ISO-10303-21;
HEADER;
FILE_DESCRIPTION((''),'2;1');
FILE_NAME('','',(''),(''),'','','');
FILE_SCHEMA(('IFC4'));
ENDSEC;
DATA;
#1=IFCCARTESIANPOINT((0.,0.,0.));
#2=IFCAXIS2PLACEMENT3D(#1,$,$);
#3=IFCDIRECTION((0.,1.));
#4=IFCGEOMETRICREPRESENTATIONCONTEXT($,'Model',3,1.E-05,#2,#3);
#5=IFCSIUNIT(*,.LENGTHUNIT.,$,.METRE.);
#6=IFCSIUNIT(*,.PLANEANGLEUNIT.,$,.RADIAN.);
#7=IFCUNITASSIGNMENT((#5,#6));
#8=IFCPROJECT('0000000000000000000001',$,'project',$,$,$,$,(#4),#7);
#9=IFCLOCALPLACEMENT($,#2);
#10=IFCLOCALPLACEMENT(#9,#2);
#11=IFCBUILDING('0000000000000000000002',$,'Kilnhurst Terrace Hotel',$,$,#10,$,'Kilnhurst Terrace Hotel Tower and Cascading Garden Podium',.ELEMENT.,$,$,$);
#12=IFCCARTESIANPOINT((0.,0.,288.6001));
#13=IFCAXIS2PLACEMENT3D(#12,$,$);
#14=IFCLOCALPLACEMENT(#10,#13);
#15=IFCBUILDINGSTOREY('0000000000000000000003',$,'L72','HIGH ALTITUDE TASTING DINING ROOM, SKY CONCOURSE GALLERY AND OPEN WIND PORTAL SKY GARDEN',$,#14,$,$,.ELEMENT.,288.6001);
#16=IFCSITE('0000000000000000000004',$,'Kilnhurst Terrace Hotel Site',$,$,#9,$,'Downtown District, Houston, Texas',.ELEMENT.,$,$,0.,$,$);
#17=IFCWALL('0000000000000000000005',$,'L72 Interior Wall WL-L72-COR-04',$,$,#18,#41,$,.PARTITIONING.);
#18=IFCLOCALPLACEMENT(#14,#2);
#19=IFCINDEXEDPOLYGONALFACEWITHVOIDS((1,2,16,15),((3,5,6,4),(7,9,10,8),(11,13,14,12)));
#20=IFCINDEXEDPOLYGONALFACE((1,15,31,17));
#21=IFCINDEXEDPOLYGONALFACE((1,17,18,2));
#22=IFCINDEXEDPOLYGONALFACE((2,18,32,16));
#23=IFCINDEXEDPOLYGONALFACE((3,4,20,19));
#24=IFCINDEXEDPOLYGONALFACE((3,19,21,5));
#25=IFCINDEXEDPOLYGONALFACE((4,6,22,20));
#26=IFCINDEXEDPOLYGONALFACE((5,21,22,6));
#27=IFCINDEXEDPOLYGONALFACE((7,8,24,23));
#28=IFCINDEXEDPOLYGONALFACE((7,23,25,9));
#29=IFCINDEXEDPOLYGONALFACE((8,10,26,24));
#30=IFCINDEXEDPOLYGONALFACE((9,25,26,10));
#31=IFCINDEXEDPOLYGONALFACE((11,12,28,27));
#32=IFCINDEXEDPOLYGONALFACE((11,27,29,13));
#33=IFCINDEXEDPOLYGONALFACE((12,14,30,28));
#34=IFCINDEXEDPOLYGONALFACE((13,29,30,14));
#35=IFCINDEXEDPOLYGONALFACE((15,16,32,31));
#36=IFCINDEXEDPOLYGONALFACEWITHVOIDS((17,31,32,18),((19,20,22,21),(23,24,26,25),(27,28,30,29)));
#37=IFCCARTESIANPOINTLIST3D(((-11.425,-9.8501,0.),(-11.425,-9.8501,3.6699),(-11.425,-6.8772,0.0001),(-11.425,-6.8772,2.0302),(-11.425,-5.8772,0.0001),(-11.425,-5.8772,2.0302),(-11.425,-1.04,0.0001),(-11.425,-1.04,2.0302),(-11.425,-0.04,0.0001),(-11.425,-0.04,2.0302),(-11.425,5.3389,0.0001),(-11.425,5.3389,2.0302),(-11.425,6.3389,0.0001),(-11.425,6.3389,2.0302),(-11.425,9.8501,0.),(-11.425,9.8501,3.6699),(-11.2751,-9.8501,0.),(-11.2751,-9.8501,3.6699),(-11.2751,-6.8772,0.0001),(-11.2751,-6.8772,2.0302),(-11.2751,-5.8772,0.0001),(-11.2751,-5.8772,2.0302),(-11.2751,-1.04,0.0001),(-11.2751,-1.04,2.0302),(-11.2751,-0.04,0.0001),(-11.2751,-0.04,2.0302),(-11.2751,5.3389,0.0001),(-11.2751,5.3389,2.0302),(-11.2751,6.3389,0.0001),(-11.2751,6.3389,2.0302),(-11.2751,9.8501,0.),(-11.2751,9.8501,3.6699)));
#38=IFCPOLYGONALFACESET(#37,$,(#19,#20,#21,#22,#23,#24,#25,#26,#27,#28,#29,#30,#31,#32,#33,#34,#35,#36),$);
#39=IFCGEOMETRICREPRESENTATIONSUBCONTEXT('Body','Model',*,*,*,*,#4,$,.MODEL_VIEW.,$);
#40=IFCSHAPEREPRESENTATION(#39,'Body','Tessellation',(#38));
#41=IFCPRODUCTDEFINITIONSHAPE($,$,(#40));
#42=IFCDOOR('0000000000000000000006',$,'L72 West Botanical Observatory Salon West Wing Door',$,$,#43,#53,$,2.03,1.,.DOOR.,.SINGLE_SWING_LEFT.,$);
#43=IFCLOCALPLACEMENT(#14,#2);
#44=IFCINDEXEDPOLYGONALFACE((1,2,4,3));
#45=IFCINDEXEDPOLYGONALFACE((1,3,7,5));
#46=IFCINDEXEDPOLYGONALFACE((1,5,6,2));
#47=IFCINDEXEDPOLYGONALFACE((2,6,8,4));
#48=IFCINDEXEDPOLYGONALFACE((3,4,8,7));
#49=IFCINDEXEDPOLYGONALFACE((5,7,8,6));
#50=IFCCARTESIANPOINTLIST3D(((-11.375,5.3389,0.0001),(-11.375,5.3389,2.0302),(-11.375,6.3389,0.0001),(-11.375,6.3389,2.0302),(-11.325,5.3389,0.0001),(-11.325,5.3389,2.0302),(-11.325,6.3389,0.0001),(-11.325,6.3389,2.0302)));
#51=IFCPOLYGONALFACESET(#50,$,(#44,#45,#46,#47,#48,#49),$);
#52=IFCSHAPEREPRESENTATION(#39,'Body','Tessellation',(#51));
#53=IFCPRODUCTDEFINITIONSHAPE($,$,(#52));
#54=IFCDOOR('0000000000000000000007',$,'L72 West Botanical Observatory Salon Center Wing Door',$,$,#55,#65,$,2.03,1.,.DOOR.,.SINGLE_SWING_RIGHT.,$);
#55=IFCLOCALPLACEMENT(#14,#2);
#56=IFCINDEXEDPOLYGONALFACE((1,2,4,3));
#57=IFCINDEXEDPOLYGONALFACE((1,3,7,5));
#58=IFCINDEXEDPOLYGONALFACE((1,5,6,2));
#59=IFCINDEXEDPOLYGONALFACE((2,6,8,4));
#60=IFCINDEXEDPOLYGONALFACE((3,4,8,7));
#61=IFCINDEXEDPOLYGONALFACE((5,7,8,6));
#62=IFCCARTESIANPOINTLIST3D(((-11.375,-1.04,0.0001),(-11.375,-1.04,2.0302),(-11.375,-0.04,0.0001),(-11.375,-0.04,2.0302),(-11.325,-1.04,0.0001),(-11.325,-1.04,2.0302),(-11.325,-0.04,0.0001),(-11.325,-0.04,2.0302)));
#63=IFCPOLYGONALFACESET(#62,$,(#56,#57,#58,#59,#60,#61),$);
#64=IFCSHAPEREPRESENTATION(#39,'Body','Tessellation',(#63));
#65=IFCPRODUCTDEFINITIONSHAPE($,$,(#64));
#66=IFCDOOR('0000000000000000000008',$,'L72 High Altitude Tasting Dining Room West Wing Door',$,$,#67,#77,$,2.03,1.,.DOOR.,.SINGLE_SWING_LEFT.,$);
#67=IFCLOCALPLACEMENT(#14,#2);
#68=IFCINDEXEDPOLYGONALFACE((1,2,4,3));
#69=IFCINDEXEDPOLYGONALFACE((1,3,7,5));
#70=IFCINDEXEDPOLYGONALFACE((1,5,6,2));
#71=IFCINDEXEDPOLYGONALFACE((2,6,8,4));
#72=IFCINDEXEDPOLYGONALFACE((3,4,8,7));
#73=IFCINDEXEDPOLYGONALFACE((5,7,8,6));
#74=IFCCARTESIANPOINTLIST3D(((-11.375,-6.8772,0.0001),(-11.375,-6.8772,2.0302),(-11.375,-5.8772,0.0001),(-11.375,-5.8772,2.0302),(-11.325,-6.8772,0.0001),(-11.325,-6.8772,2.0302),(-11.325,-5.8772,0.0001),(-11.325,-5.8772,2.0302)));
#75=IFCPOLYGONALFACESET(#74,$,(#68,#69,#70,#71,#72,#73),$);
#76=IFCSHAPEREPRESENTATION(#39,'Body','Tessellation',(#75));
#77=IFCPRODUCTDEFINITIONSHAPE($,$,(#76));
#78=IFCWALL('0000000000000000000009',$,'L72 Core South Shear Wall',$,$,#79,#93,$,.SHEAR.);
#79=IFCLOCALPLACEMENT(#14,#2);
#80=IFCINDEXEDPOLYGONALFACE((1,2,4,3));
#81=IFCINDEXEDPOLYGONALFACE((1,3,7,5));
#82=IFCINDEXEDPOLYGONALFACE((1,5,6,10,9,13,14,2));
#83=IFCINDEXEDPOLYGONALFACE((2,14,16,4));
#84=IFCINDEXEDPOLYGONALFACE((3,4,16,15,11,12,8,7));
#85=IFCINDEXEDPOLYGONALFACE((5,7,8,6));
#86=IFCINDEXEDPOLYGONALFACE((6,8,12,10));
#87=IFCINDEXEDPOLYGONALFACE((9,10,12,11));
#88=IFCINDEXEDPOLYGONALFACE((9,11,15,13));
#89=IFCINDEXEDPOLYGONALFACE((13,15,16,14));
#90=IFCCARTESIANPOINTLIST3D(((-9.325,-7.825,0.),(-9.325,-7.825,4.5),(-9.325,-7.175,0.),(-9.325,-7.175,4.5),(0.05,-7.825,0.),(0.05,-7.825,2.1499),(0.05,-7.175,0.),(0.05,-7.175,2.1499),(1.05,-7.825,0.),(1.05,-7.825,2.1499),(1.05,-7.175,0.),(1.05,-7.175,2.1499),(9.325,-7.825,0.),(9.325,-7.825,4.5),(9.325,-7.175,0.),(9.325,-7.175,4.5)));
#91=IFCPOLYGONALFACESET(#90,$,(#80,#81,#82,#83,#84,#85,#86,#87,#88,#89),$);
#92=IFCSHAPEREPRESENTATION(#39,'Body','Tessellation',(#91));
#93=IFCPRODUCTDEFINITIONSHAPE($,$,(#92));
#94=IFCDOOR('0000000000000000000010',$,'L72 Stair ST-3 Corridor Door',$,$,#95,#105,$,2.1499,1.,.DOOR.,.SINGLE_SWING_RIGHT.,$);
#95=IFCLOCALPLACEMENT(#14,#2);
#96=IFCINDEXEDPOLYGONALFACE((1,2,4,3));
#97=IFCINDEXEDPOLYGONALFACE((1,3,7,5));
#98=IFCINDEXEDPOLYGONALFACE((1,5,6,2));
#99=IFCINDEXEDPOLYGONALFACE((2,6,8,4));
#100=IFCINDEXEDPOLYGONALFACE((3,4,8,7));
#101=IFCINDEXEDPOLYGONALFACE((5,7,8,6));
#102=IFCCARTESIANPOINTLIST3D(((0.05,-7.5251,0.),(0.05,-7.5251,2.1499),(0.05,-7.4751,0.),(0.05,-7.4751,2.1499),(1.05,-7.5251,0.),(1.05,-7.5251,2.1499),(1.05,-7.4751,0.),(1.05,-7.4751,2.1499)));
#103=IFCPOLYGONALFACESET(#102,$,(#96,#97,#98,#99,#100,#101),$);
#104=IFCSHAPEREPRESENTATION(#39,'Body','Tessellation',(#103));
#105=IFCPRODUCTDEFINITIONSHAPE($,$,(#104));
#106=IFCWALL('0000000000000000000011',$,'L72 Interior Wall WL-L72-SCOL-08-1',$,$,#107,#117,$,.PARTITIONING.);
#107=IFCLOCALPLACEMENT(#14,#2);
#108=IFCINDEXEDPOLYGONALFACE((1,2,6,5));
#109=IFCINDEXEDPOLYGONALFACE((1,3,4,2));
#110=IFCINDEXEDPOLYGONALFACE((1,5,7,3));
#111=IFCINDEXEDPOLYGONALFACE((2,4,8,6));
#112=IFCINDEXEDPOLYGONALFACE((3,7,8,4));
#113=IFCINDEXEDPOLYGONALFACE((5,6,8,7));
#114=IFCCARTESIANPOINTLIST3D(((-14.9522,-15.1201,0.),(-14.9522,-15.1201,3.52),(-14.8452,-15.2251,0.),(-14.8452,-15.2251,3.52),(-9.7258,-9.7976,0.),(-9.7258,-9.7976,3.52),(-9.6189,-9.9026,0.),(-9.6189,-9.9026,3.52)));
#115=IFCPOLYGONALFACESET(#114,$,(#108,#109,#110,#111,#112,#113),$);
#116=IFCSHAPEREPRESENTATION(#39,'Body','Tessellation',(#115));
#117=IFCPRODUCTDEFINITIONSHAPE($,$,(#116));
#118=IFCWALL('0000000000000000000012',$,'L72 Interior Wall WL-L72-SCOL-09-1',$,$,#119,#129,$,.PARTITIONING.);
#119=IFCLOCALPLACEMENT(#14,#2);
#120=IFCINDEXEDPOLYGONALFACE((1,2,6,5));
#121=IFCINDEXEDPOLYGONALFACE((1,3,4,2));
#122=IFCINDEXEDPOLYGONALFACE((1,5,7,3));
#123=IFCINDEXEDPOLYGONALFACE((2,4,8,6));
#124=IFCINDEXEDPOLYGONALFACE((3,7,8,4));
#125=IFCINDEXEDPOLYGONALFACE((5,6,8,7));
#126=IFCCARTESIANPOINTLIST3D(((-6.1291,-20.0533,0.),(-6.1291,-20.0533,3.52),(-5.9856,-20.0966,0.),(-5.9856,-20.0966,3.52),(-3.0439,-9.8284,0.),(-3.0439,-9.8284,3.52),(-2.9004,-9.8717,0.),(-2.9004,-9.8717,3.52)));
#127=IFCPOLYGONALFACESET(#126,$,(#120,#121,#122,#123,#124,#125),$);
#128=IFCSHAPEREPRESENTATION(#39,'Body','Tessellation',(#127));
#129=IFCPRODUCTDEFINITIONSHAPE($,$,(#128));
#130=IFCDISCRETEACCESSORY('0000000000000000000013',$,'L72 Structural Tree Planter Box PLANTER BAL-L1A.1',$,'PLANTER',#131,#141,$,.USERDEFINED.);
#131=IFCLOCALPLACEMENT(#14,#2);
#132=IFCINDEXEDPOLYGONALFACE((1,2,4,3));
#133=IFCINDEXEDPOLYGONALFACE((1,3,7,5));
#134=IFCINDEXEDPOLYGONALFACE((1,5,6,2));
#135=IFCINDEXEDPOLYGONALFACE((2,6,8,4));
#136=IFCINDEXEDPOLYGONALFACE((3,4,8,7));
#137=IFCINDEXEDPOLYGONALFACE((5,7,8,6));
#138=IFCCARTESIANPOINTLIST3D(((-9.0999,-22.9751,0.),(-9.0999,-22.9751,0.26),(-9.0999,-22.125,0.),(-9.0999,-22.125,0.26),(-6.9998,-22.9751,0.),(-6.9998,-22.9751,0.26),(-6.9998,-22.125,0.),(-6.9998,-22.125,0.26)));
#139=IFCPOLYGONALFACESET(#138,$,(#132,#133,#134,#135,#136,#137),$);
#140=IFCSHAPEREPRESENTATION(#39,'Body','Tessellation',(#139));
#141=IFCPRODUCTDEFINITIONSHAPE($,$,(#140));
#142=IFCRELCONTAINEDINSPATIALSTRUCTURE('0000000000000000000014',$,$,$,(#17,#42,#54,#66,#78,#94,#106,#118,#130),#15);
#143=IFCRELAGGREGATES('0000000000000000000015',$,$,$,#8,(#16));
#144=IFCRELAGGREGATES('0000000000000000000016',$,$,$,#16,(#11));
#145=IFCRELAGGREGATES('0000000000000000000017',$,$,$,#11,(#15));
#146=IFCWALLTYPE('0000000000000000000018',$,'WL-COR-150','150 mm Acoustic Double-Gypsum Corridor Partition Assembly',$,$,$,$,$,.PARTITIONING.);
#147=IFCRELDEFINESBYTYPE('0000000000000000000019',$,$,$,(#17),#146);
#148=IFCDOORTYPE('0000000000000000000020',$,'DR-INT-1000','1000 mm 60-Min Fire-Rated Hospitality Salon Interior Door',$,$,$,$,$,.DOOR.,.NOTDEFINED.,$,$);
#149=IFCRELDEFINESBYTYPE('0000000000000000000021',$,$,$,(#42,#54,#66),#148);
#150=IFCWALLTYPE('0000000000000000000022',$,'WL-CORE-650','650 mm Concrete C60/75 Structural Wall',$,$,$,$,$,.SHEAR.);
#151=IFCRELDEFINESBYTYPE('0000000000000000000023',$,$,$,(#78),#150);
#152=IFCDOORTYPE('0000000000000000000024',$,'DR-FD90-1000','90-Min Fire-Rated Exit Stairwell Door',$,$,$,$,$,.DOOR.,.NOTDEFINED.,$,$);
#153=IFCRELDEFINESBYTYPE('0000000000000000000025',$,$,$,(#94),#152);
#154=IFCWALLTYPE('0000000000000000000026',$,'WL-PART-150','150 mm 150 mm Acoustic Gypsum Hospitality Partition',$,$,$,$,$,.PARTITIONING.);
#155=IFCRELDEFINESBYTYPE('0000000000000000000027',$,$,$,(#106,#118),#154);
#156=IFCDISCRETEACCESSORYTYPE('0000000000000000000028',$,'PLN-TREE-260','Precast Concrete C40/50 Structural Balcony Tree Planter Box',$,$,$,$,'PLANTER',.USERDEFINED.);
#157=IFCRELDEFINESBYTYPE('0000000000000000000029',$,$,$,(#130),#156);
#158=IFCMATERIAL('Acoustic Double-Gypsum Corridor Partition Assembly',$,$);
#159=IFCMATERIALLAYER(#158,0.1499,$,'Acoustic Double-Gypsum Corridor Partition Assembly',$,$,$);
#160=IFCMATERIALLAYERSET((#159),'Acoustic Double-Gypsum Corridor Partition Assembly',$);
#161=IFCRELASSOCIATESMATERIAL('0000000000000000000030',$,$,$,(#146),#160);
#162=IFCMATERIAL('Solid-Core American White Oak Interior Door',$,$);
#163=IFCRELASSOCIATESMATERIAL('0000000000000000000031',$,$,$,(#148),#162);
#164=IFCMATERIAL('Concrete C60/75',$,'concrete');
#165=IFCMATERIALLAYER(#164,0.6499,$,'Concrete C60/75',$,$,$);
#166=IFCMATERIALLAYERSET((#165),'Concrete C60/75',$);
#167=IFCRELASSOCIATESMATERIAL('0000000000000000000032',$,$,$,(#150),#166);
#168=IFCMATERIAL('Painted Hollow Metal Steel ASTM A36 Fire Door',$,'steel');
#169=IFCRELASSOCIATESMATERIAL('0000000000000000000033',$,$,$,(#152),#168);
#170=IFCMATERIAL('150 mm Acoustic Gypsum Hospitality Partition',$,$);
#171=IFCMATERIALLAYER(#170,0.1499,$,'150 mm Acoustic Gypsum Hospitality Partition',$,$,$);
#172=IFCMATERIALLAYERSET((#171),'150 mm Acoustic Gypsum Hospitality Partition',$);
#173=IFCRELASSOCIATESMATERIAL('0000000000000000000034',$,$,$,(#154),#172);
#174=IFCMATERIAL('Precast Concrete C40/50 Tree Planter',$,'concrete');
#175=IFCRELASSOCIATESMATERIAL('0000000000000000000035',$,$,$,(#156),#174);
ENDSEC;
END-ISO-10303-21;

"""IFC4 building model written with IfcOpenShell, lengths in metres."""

from ifc_helpers import new_model, si_unit, direction, frame, frame_2d, origin, origin_2d, place, context, subcontext, project, spatial, rectangle, extrude, material, layer, layer_set, type_object, element, fill, save


model = new_model("IFC4")

# Units and contexts
model_context = context("Model", 3, precision=1e-05, world=origin(), true_north=direction((0.0, 1.0)))
body_context = subcontext(model_context, "Body", "Model", "MODEL_VIEW")
ifc_project = project(units=[si_unit("LENGTHUNIT", "METRE"), si_unit("PLANEANGLEUNIT", "RADIAN")], contexts=[model_context])

# Site, building, storey
site_placement = place(None, origin())
site = spatial("IfcSite", under=ifc_project, at=site_placement, Name="Kilnhurst Terrace Hotel Site", LongName="Downtown District, Houston, Texas", CompositionType="ELEMENT", RefElevation=0.0)
building_placement = place(site_placement, origin())
building = spatial("IfcBuilding", under=site, at=building_placement, Name="Kilnhurst Terrace Hotel", LongName="Kilnhurst Terrace Hotel Tower and Cascading Garden Podium", CompositionType="ELEMENT")
storey_placement = place(building_placement, frame((0.0, 0.0, 288.6001)))
storey = spatial("IfcBuildingStorey", under=building, at=storey_placement, Name="L72", Description="HIGH ALTITUDE TASTING DINING ROOM, SKY CONCOURSE GALLERY AND OPEN WIND PORTAL SKY GARDEN", CompositionType="ELEMENT", Elevation=288.6001)

# Shared definitions
ifc_material_1 = material(Name="Concrete C60/75", Category="concrete")

# Wall, openings, doors
ifc_material_2 = material(Name="Acoustic Double-Gypsum Corridor Partition Assembly")
ifc_layer_1 = layer(ifc_material_2, 0.1499, Name="Acoustic Double-Gypsum Corridor Partition Assembly")
ifc_layer_set_1 = layer_set([ifc_layer_1], Name="Acoustic Double-Gypsum Corridor Partition Assembly")
wall_type_1 = type_object("IfcWallType", Name="WL-COR-150", Description="150 mm Acoustic Double-Gypsum Corridor Partition Assembly", PredefinedType="PARTITIONING", material=ifc_layer_set_1)
wall_1_placement = place(storey_placement, frame((-11.3501, -9.8501, 0.0), z_axis=(0.0, 0.0, 1.0), x_axis=(0.0, 1.0, 0.0)))
wall_1 = element("IfcWall", 1, at=wall_1_placement, inside=storey, type_object=wall_type_1, Name="L72 Interior Wall WL-L72-COR-04", PredefinedType="PARTITIONING", context=body_context, shape_type="SweptSolid", body=[
    extrude(rectangle(XDim=19.7002, YDim=0.1499, at=frame_2d((9.8501, 0.0))), origin(), (0.0, 0.0, 1.0), 3.6699),
])
opening_1_placement = place(wall_1_placement, frame((15.189, 0.0, 0.0)))
opening_1 = element("IfcOpeningElement", 2, at=opening_1_placement, cuts=wall_1, PredefinedType="OPENING", context=body_context, shape_type="SweptSolid", body=[
    extrude(rectangle(XDim=1.0, YDim=2.03, at=frame_2d((0.5, 1.0151))), frame((0.0, 0.085, 0.0), z_axis=(0.0, -1.0, 0.0), x_axis=(1.0, 0.0, 0.0)), (0.0, 0.0, 1.0), 0.1699),
])
opening_2_placement = place(wall_1_placement, frame((8.8101, 0.0, 0.0)))
opening_2 = element("IfcOpeningElement", 3, at=opening_2_placement, cuts=wall_1, PredefinedType="OPENING", context=body_context, shape_type="SweptSolid", body=[
    extrude(rectangle(XDim=1.0, YDim=2.03, at=frame_2d((0.5, 1.0151))), frame((0.0, 0.085, 0.0), z_axis=(0.0, -1.0, 0.0), x_axis=(1.0, 0.0, 0.0)), (0.0, 0.0, 1.0), 0.1699),
])
opening_3_placement = place(wall_1_placement, frame((2.9729, 0.0, 0.0)))
opening_3 = element("IfcOpeningElement", 4, at=opening_3_placement, cuts=wall_1, PredefinedType="OPENING", context=body_context, shape_type="SweptSolid", body=[
    extrude(rectangle(XDim=1.0, YDim=2.03, at=frame_2d((0.5, 1.0151))), frame((0.0, 0.085, 0.0), z_axis=(0.0, -1.0, 0.0), x_axis=(1.0, 0.0, 0.0)), (0.0, 0.0, 1.0), 0.1699),
])
ifc_material_3 = material(Name="Solid-Core American White Oak Interior Door")
door_type_1 = type_object("IfcDoorType", Name="DR-INT-1000", Description="1000 mm 60-Min Fire-Rated Hospitality Salon Interior Door", OperationType="NOTDEFINED", PredefinedType="DOOR", material=ifc_material_3)
door_1_placement = place(opening_1_placement, origin())
door_1 = element("IfcDoor", 5, at=door_1_placement, inside=storey, type_object=door_type_1, Name="L72 West Botanical Observatory Salon West Wing Door", OperationType="SINGLE_SWING_LEFT", OverallHeight=2.03, OverallWidth=1.0, PredefinedType="DOOR", context=body_context, shape_type="SweptSolid", body=[
    extrude(rectangle(XDim=1.0, YDim=2.03, at=frame_2d((0.5, 1.0151))), frame((0.0, 0.0249, 0.0), z_axis=(0.0, -1.0, 0.0), x_axis=(1.0, 0.0, 0.0)), (0.0, 0.0, 1.0), 0.05),
])
fill(opening_1, door_1)
door_2_placement = place(opening_2_placement, origin())
door_2 = element("IfcDoor", 6, at=door_2_placement, inside=storey, type_object=door_type_1, Name="L72 West Botanical Observatory Salon Center Wing Door", OperationType="SINGLE_SWING_RIGHT", OverallHeight=2.03, OverallWidth=1.0, PredefinedType="DOOR", context=body_context, shape_type="SweptSolid", body=[
    extrude(rectangle(XDim=1.0, YDim=2.03, at=frame_2d((0.5, 1.0151))), frame((0.0, 0.0249, 0.0), z_axis=(0.0, -1.0, 0.0), x_axis=(1.0, 0.0, 0.0)), (0.0, 0.0, 1.0), 0.05),
])
fill(opening_2, door_2)
door_3_placement = place(opening_3_placement, origin())
door_3 = element("IfcDoor", 7, at=door_3_placement, inside=storey, type_object=door_type_1, Name="L72 High Altitude Tasting Dining Room West Wing Door", OperationType="SINGLE_SWING_LEFT", OverallHeight=2.03, OverallWidth=1.0, PredefinedType="DOOR", context=body_context, shape_type="SweptSolid", body=[
    extrude(rectangle(XDim=1.0, YDim=2.03, at=frame_2d((0.5, 1.0151))), frame((0.0, 0.0249, 0.0), z_axis=(0.0, -1.0, 0.0), x_axis=(1.0, 0.0, 0.0)), (0.0, 0.0, 1.0), 0.05),
])
fill(opening_3, door_3)

# Wall, opening, door
ifc_layer_2 = layer(ifc_material_1, 0.6499, Name="Concrete C60/75")
ifc_layer_set_2 = layer_set([ifc_layer_2], Name="Concrete C60/75")
wall_type_2 = type_object("IfcWallType", Name="WL-CORE-650", Description="650 mm Concrete C60/75 Structural Wall", PredefinedType="SHEAR", material=ifc_layer_set_2)
wall_2_placement = place(storey_placement, frame((-9.325, -7.5, 0.0), z_axis=(0.0, 0.0, 1.0), x_axis=(1.0, 0.0, 0.0)))
wall_2 = element("IfcWall", 8, at=wall_2_placement, inside=storey, type_object=wall_type_2, Name="L72 Core South Shear Wall", PredefinedType="SHEAR", context=body_context, shape_type="SweptSolid", body=[
    extrude(rectangle(XDim=18.6499, YDim=0.6499, at=frame_2d((9.325, 0.0))), origin(), (0.0, 0.0, 1.0), 4.5),
])
opening_4_placement = place(wall_2_placement, frame((9.375, 0.0, 0.0)))
opening_4 = element("IfcOpeningElement", 9, at=opening_4_placement, cuts=wall_2, PredefinedType="OPENING", context=body_context, shape_type="SweptSolid", body=[
    extrude(rectangle(XDim=1.0, YDim=2.1499, at=frame_2d((0.5, 1.075))), frame((0.0, 0.335, 0.0), z_axis=(0.0, -1.0, 0.0), x_axis=(1.0, 0.0, 0.0)), (0.0, 0.0, 1.0), 0.6699),
])
ifc_material_4 = material(Name="Painted Hollow Metal Steel ASTM A36 Fire Door", Category="steel")
door_type_2 = type_object("IfcDoorType", Name="DR-FD90-1000", Description="90-Min Fire-Rated Exit Stairwell Door", OperationType="NOTDEFINED", PredefinedType="DOOR", material=ifc_material_4)
door_4_placement = place(opening_4_placement, origin())
door_4 = element("IfcDoor", 10, at=door_4_placement, inside=storey, type_object=door_type_2, Name="L72 Stair ST-3 Corridor Door", OperationType="SINGLE_SWING_RIGHT", OverallHeight=2.1499, OverallWidth=1.0, PredefinedType="DOOR", context=body_context, shape_type="SweptSolid", body=[
    extrude(rectangle(XDim=1.0, YDim=2.1499, at=frame_2d((0.5, 1.075))), frame((0.0, 0.0249, 0.0), z_axis=(0.0, -1.0, 0.0), x_axis=(1.0, 0.0, 0.0)), (0.0, 0.0, 1.0), 0.05),
])
fill(opening_4, door_4)

# Walls
ifc_material_5 = material(Name="150 mm Acoustic Gypsum Hospitality Partition")
ifc_layer_3 = layer(ifc_material_5, 0.1499, Name="150 mm Acoustic Gypsum Hospitality Partition")
ifc_layer_set_3 = layer_set([ifc_layer_3], Name="150 mm Acoustic Gypsum Hospitality Partition")
wall_type_3 = type_object("IfcWallType", Name="WL-PART-150", Description="150 mm 150 mm Acoustic Gypsum Hospitality Partition", PredefinedType="PARTITIONING", material=ifc_layer_set_3)
wall_3_placement = place(storey_placement, frame((-9.6724, -9.8501, 0.0), z_axis=(0.0, 0.0, 1.0), x_axis=(-0.70063, -0.713525, 0.0)))
element("IfcWall", 11, at=wall_3_placement, inside=storey, type_object=wall_type_3, Name="L72 Interior Wall WL-L72-SCOL-08-1", PredefinedType="PARTITIONING", context=body_context, shape_type="SweptSolid", body=[
    extrude(rectangle(XDim=7.4595, YDim=0.1499, at=frame_2d((3.7297, 0.0))), origin(), (0.0, 0.0, 1.0), 3.52),
])
wall_4_placement = place(storey_placement, frame((-2.9722, -9.8501, 0.0), z_axis=(0.0, 0.0, 1.0), x_axis=(-0.288872, -0.957368, 0.0)))
element("IfcWall", 12, at=wall_4_placement, inside=storey, type_object=wall_type_3, Name="L72 Interior Wall WL-L72-SCOL-09-1", PredefinedType="PARTITIONING", context=body_context, shape_type="SweptSolid", body=[
    extrude(rectangle(XDim=10.6802, YDim=0.1499, at=frame_2d((5.3401, 0.0))), origin(), (0.0, 0.0, 1.0), 3.52),
])

# Discrete accessory
ifc_material_6 = material(Name="Precast Concrete C40/50 Tree Planter", Category="concrete")
discrete_accessory_type = type_object("IfcDiscreteAccessoryType", Name="PLN-TREE-260", Description="Precast Concrete C40/50 Structural Balcony Tree Planter Box", ElementType="PLANTER", PredefinedType="USERDEFINED", material=ifc_material_6)
discrete_accessory_placement = place(storey_placement, frame((-8.0498, -22.55, 0.0), z_axis=(0.0, 0.0, 1.0), x_axis=(1.0, 0.0, 0.0)))
element("IfcDiscreteAccessory", 13, at=discrete_accessory_placement, inside=storey, type_object=discrete_accessory_type, Name="L72 Structural Tree Planter Box PLANTER BAL-L1A.1", ObjectType="PLANTER", PredefinedType="USERDEFINED", context=body_context, shape_type="SweptSolid", body=[
    extrude(rectangle(XDim=2.1001, YDim=0.8501, at=origin_2d()), origin(), (0.0, 0.0, 1.0), 0.26),
])

save(model, "model.ifc")
